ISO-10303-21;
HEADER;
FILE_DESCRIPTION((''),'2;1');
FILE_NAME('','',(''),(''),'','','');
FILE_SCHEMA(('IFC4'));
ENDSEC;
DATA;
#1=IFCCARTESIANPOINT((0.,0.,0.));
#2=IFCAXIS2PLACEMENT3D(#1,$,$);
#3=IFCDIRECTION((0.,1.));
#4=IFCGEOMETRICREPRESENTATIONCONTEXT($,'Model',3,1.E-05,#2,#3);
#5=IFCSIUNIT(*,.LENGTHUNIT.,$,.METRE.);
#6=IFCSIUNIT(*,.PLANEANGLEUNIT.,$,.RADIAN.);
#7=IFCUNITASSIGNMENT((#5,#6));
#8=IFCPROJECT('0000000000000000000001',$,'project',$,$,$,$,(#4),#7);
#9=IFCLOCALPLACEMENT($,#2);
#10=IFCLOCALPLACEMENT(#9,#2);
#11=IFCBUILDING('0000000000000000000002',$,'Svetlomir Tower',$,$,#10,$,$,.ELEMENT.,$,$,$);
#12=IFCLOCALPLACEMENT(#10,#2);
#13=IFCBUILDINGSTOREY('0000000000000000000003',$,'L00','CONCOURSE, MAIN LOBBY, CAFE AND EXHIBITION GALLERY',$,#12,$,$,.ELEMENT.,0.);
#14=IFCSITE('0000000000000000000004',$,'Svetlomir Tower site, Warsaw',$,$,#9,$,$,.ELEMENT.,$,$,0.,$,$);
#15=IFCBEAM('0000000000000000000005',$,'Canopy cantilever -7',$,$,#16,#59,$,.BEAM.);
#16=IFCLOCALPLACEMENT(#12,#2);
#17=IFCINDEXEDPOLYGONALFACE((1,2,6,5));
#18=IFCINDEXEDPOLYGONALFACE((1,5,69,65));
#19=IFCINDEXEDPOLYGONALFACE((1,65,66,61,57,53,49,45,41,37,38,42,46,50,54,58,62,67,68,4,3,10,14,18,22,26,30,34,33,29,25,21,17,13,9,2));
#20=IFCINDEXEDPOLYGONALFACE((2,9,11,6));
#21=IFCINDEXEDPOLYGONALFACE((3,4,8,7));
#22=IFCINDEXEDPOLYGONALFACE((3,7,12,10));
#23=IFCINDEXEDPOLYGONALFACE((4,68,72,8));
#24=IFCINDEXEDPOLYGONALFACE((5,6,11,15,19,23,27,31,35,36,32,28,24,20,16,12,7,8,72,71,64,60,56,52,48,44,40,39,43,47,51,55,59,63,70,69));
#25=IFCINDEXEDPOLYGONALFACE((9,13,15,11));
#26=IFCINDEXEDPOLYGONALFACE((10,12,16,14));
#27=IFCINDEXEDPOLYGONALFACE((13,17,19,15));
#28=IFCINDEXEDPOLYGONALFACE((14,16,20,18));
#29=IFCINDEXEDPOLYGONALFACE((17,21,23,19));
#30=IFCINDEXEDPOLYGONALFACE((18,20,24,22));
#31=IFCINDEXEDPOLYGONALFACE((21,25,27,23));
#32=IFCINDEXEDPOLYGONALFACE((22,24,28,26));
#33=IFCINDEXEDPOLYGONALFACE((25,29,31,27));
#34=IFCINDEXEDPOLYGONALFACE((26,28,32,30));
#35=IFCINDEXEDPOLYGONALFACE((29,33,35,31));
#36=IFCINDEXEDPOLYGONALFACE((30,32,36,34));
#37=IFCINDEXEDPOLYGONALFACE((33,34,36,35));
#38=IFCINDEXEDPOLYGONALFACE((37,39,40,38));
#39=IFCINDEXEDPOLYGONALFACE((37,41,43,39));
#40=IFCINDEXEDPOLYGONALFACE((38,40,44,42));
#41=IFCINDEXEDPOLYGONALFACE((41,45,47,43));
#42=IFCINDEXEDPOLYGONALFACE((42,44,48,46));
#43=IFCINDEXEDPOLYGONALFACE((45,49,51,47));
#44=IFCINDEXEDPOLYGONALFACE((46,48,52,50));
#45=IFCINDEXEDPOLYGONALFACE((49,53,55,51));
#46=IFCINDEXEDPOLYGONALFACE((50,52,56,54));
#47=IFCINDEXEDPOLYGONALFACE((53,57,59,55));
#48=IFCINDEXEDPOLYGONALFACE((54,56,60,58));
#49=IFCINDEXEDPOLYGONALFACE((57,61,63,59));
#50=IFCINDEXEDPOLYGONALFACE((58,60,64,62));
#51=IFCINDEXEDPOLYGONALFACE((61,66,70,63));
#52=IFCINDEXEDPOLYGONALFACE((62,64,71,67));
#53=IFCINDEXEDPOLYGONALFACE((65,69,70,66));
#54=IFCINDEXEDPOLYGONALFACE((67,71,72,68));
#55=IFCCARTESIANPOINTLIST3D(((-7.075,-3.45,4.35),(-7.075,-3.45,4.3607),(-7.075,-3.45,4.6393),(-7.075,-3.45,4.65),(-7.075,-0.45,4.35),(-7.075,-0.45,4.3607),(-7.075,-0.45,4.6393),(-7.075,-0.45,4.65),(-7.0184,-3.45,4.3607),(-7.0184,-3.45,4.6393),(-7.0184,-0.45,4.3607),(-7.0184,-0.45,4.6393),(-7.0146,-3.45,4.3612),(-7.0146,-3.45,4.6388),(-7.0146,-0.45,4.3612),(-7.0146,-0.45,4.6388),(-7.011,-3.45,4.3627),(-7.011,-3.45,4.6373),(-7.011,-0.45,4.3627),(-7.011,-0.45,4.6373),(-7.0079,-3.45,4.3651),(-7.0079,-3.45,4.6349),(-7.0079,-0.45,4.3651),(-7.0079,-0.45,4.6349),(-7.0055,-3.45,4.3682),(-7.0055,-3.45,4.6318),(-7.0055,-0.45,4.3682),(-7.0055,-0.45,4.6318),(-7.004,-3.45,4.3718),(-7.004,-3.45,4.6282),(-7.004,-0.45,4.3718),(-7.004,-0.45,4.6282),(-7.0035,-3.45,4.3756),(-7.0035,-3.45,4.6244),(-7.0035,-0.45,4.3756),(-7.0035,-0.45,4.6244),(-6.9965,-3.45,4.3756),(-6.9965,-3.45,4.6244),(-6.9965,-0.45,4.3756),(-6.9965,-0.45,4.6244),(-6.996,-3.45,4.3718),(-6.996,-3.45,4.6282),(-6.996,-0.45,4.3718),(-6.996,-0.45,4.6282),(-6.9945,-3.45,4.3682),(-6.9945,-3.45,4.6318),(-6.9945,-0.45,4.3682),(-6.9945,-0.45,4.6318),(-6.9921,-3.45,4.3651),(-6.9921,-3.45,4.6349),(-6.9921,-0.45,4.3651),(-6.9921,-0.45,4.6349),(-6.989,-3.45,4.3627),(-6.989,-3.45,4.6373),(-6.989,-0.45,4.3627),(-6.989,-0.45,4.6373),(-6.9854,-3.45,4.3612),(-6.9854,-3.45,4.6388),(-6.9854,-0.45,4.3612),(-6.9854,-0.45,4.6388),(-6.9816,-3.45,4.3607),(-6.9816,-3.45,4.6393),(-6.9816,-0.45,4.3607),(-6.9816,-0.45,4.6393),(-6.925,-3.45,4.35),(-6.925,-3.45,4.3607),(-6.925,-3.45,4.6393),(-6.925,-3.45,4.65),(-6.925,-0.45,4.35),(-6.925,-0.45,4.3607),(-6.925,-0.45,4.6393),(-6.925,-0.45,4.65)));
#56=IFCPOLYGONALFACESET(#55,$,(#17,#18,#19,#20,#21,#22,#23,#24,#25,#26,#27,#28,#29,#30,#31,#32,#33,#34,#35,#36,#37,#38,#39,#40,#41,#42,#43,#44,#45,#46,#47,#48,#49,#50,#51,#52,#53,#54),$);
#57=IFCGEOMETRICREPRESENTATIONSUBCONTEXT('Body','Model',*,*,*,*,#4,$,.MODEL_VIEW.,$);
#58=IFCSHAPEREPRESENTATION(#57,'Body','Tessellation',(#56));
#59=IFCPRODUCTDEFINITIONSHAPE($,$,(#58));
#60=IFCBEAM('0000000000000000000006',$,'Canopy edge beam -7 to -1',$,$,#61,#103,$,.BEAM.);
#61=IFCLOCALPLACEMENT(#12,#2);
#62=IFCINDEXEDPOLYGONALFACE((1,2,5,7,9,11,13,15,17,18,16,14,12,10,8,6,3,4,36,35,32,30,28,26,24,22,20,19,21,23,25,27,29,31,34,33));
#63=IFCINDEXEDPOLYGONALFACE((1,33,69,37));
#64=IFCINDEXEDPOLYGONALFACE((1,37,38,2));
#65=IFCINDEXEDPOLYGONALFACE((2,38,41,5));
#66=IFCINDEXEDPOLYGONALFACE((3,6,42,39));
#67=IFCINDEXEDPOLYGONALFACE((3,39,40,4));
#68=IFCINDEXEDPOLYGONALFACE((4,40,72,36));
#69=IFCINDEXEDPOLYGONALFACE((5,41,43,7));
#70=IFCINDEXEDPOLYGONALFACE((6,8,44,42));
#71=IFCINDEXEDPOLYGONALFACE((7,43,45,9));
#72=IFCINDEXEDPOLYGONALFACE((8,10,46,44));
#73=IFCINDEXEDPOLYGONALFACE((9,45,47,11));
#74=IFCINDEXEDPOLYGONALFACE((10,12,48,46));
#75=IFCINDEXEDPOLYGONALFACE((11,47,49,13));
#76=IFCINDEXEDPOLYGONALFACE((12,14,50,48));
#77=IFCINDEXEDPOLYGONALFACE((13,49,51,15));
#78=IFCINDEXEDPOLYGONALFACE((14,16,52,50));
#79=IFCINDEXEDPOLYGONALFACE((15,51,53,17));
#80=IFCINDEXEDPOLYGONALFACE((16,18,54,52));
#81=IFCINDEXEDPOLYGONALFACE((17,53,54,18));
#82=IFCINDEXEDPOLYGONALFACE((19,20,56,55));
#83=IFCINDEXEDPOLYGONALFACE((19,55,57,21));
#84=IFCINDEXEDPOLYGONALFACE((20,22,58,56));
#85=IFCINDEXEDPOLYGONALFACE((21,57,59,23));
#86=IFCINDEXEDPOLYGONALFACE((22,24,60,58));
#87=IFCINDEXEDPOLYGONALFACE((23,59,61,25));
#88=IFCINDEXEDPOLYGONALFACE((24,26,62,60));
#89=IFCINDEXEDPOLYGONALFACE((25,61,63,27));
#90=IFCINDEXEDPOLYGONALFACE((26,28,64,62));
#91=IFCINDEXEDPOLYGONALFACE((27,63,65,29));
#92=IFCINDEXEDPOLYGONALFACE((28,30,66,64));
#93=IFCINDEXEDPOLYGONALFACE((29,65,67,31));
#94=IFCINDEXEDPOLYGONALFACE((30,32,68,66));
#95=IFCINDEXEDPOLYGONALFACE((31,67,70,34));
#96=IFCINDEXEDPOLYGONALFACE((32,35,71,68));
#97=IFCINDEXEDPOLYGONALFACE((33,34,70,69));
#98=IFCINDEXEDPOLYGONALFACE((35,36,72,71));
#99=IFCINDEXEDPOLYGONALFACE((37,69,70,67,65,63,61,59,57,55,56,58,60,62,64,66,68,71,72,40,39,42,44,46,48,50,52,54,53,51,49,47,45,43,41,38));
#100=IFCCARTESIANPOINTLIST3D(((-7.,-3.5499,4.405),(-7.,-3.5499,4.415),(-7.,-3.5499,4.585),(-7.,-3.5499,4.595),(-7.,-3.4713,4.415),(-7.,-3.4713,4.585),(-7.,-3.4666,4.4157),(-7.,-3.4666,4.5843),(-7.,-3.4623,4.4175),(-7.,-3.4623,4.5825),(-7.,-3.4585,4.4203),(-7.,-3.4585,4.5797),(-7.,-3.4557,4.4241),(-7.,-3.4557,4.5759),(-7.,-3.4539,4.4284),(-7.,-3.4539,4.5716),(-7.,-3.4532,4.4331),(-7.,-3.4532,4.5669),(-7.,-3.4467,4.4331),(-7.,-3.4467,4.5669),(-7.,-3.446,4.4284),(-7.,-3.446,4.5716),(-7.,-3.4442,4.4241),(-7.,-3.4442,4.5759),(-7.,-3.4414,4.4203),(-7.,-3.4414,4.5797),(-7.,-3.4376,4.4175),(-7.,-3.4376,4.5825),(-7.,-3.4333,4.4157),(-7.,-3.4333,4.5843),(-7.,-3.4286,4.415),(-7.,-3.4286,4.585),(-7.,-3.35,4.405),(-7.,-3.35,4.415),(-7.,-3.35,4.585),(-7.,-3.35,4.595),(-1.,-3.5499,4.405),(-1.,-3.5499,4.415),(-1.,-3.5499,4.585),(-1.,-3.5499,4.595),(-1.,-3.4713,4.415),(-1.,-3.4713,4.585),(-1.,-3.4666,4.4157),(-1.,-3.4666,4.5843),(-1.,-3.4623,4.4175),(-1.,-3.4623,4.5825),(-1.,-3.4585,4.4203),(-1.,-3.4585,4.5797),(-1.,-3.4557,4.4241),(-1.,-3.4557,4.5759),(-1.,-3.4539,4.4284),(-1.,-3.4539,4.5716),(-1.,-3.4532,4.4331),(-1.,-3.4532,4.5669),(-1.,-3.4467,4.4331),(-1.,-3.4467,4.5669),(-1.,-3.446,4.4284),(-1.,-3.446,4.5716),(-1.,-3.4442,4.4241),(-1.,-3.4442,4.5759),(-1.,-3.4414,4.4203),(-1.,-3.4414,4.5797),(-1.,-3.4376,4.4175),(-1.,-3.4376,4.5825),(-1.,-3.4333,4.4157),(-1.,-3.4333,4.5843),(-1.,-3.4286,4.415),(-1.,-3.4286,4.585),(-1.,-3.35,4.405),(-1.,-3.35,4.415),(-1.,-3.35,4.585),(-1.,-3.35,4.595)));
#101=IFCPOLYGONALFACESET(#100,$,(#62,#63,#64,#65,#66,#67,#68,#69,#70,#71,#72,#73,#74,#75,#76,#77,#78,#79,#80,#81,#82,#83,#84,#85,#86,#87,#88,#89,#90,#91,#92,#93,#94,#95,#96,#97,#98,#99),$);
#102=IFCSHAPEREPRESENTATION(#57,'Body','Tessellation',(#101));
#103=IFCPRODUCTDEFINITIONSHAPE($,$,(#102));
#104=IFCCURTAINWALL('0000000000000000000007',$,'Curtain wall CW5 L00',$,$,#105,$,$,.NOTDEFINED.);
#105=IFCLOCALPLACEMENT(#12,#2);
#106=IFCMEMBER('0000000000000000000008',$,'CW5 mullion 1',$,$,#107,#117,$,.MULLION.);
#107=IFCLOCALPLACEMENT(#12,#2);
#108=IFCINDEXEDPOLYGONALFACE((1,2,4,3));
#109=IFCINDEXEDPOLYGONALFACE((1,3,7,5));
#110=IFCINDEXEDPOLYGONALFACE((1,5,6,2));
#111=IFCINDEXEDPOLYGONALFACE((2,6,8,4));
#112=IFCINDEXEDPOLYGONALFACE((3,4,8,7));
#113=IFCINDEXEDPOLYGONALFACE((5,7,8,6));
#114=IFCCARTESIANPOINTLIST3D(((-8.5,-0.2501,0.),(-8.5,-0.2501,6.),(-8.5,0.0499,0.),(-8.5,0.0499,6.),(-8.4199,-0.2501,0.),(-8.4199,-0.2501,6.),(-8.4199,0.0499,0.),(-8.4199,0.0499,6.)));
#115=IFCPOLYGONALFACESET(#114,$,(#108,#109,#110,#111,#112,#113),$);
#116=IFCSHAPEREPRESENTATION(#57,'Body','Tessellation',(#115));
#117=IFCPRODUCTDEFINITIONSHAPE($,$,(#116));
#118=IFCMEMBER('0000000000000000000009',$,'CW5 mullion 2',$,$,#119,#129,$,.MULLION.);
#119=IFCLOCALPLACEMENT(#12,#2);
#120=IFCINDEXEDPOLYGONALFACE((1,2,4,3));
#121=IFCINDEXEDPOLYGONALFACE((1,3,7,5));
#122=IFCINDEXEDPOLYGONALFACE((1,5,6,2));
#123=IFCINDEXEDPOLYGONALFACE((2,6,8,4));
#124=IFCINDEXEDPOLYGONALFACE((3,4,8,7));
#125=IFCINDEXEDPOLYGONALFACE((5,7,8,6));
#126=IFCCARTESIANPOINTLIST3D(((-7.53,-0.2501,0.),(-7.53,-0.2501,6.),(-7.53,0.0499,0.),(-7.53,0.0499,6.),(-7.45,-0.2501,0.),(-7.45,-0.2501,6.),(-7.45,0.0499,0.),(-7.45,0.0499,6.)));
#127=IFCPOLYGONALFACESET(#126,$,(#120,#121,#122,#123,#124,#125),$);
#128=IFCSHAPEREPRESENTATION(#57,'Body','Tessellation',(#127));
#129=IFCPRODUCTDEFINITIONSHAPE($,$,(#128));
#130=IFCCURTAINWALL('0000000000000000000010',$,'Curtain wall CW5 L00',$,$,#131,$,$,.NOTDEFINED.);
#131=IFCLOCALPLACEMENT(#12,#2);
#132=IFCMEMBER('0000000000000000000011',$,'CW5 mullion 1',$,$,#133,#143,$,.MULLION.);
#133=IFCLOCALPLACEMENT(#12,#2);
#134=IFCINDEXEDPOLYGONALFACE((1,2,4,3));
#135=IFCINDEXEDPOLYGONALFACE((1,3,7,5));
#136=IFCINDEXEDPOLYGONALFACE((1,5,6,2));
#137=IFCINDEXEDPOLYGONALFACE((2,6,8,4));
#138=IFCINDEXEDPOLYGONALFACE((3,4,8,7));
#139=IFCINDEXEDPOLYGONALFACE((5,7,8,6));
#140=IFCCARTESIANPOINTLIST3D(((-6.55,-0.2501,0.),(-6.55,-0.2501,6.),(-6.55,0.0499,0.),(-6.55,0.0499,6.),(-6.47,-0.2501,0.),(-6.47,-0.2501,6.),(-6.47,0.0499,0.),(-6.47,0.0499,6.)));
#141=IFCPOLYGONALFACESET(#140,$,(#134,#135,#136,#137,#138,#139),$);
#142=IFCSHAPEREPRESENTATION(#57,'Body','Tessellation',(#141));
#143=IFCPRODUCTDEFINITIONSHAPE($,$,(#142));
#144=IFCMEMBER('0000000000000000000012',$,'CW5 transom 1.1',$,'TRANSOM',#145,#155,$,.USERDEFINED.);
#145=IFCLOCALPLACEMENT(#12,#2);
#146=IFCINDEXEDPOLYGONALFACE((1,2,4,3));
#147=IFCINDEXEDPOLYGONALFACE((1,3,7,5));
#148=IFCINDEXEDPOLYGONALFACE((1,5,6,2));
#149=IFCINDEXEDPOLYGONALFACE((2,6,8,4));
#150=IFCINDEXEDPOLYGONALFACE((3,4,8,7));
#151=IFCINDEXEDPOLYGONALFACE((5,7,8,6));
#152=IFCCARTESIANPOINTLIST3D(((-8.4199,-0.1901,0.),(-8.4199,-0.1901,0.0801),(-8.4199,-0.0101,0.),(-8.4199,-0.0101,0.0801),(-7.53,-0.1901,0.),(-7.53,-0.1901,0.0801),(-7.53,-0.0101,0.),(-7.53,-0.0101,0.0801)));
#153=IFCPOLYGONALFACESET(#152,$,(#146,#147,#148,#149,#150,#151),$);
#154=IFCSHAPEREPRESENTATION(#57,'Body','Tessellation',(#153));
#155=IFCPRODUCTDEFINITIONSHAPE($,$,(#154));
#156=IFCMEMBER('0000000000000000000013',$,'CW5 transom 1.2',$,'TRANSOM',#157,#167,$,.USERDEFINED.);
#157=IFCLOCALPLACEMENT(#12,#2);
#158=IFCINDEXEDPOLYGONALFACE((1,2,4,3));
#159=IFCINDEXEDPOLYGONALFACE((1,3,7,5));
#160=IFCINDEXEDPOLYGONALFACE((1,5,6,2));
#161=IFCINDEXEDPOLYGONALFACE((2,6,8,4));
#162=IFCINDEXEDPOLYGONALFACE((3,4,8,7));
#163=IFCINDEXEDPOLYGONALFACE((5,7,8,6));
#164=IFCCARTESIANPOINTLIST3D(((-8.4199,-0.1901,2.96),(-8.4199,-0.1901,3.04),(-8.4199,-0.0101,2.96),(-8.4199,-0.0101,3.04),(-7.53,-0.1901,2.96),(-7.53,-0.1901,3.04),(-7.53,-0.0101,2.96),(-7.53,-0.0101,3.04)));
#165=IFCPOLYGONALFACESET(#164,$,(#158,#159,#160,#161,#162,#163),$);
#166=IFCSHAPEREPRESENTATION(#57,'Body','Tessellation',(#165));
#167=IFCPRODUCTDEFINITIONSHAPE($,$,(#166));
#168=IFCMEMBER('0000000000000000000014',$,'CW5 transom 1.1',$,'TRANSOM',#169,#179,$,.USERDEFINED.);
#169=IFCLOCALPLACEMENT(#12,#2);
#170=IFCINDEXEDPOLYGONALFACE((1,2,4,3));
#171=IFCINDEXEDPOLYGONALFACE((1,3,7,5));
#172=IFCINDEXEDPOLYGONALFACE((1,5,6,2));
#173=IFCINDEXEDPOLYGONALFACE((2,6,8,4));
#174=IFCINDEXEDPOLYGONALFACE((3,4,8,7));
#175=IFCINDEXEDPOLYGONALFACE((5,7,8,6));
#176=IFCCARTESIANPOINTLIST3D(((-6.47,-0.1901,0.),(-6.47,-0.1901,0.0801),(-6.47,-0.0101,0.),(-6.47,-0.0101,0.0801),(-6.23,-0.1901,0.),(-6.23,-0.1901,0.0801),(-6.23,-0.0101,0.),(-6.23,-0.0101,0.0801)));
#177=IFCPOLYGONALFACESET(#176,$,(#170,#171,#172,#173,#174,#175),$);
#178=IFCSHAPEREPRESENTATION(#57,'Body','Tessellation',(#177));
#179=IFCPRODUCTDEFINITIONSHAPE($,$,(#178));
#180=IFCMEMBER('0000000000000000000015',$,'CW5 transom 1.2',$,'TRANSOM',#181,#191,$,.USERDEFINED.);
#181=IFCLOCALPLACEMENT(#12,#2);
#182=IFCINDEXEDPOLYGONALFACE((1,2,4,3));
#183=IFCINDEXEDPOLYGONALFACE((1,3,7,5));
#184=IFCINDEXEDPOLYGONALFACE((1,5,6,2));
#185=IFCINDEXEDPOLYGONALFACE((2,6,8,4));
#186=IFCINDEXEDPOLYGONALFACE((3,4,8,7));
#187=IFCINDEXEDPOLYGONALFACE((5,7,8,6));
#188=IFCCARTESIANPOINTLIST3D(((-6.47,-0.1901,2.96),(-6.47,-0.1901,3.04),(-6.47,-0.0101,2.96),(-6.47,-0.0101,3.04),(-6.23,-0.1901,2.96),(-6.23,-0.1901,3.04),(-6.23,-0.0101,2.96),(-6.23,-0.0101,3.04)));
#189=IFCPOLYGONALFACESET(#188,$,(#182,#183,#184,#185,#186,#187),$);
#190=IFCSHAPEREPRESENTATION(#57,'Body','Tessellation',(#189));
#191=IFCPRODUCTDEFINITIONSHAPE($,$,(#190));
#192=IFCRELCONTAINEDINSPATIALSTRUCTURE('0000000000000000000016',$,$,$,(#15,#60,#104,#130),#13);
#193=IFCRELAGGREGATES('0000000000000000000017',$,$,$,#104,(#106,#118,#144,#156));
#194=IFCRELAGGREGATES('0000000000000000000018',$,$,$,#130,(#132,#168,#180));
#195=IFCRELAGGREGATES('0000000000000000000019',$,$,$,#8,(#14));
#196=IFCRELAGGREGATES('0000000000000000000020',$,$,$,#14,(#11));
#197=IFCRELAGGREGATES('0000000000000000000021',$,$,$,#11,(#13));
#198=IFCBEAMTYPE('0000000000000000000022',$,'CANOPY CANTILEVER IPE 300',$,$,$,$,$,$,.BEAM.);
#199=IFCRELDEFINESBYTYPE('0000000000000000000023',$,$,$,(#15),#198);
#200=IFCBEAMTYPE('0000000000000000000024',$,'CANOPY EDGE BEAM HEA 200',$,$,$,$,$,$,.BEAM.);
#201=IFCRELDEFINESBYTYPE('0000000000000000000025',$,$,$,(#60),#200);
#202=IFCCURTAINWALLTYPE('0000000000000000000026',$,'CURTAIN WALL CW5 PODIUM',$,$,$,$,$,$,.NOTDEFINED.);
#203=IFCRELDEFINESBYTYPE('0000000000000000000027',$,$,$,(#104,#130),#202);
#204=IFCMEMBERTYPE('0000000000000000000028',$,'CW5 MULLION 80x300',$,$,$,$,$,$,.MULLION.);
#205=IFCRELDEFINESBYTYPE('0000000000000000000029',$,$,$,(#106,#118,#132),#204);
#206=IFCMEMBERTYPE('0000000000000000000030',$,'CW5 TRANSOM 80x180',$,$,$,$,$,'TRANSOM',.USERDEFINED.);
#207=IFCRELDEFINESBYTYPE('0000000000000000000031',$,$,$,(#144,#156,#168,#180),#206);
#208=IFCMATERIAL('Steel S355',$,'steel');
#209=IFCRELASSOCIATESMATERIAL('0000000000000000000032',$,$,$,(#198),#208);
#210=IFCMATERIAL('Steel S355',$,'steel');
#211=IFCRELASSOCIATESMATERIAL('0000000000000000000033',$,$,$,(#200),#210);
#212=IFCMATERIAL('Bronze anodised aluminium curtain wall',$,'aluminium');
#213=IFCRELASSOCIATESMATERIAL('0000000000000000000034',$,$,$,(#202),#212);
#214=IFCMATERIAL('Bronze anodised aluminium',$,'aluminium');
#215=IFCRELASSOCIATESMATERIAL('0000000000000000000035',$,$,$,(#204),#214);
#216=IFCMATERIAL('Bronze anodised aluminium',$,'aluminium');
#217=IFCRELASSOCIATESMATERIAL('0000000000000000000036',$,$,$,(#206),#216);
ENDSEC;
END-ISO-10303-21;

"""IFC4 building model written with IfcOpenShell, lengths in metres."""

from ifc_helpers import new_model, si_unit, direction, frame, origin, origin_2d, place, context, subcontext, project, spatial, rectangle, i_section, extrude, material, material_profile, profile_set, type_object, element, aggregate, save


model = new_model("IFC4")

# Units and contexts
model_context = context("Model", 3, precision=1e-05, world=origin(), true_north=direction((0.0, 1.0)))
body_context = subcontext(model_context, "Body", "Model", "MODEL_VIEW")
ifc_project = project(units=[si_unit("LENGTHUNIT", "METRE"), si_unit("PLANEANGLEUNIT", "RADIAN")], contexts=[model_context])

# Site, building, storey
site_placement = place(None, origin())
site = spatial("IfcSite", under=ifc_project, at=site_placement, Name="Svetlomir Tower site, Warsaw", CompositionType="ELEMENT", RefElevation=0.0)
building_placement = place(site_placement, origin())
building = spatial("IfcBuilding", under=site, at=building_placement, Name="Svetlomir Tower", CompositionType="ELEMENT")
storey_placement = place(building_placement, origin())
storey = spatial("IfcBuildingStorey", under=building, at=storey_placement, Name="L00", Description="CONCOURSE, MAIN LOBBY, CAFE AND EXHIBITION GALLERY", CompositionType="ELEMENT", Elevation=0.0)

# Beams
ifc_material_1 = material(Name="Steel S355", Category="steel")
ifc_material_profile_1 = material_profile(ifc_material_1, i_section(OverallWidth=0.1499, OverallDepth=0.3, WebThickness=0.0071, FlangeThickness=0.0107, FilletRadius=0.0149, at=origin_2d()), Name="IPE 300")
ifc_profile_set_1 = profile_set([ifc_material_profile_1], Name="Steel S355")
beam_type_1 = type_object("IfcBeamType", Name="CANOPY CANTILEVER IPE 300", PredefinedType="BEAM", material=ifc_profile_set_1)
beam_1_placement = place(storey_placement, frame((-7.0, -0.45, 4.5), z_axis=(0.0, -1.0, 0.0), x_axis=(1.0, 0.0, 0.0)))
element("IfcBeam", 1, at=beam_1_placement, inside=storey, type_object=beam_type_1, Name="Canopy cantilever -7", PredefinedType="BEAM", context=body_context, shape_type="SweptSolid", body=[
    extrude(i_section(OverallWidth=0.1499, OverallDepth=0.3, WebThickness=0.0071, FlangeThickness=0.0107, FilletRadius=0.0149, at=origin_2d()), origin(), (0.0, 0.0, 1.0), 3.0),
])
ifc_material_2 = material(Name="Steel S355", Category="steel")
ifc_material_profile_2 = material_profile(ifc_material_2, i_section(OverallWidth=0.2, OverallDepth=0.1899, WebThickness=0.0066, FlangeThickness=0.01, FilletRadius=0.0181, at=origin_2d()), Name="HEA 200")
ifc_profile_set_2 = profile_set([ifc_material_profile_2], Name="Steel S355")
beam_type_2 = type_object("IfcBeamType", Name="CANOPY EDGE BEAM HEA 200", PredefinedType="BEAM", material=ifc_profile_set_2)
beam_2_placement = place(storey_placement, frame((-7.0, -3.45, 4.5), z_axis=(1.0, 0.0, 0.0), x_axis=(0.0, 1.0, 0.0)))
element("IfcBeam", 2, at=beam_2_placement, inside=storey, type_object=beam_type_2, Name="Canopy edge beam -7 to -1", PredefinedType="BEAM", context=body_context, shape_type="SweptSolid", body=[
    extrude(i_section(OverallWidth=0.2, OverallDepth=0.1899, WebThickness=0.0066, FlangeThickness=0.01, FilletRadius=0.0181, at=origin_2d()), origin(), (0.0, 0.0, 1.0), 6.0),
])

# Curtain wall, members
ifc_material_3 = material(Name="Bronze anodised aluminium curtain wall", Category="aluminium")
curtain_wall_type = type_object("IfcCurtainWallType", Name="CURTAIN WALL CW5 PODIUM", PredefinedType="NOTDEFINED", material=ifc_material_3)
curtain_wall_1_placement = place(storey_placement, origin())
curtain_wall_1 = element("IfcCurtainWall", 3, at=curtain_wall_1_placement, inside=storey, type_object=curtain_wall_type, Name="Curtain wall CW5 L00", PredefinedType="NOTDEFINED")
ifc_material_4 = material(Name="Bronze anodised aluminium", Category="aluminium")
ifc_material_profile_3 = material_profile(ifc_material_4, rectangle(XDim=0.0801, YDim=0.3, at=origin_2d()), Name="AL 80x300")
ifc_profile_set_3 = profile_set([ifc_material_profile_3], Name="Bronze anodised aluminium 6063-T6")
member_type_1 = type_object("IfcMemberType", Name="CW5 MULLION 80x300", PredefinedType="MULLION", material=ifc_profile_set_3)
member_1_placement = place(storey_placement, frame((-8.46, -0.1001, 0.0), z_axis=(0.0, 0.0, 1.0), x_axis=(1.0, 0.0, 0.0)))
member_1 = element("IfcMember", 4, at=member_1_placement, type_object=member_type_1, Name="CW5 mullion 1", PredefinedType="MULLION", context=body_context, shape_type="SweptSolid", body=[
    extrude(rectangle(XDim=0.0801, YDim=0.3, at=origin_2d()), origin(), (0.0, 0.0, 1.0), 6.0),
])
member_2_placement = place(storey_placement, frame((-7.49, -0.1001, 0.0), z_axis=(0.0, 0.0, 1.0), x_axis=(1.0, 0.0, 0.0)))
member_2 = element("IfcMember", 5, at=member_2_placement, type_object=member_type_1, Name="CW5 mullion 2", PredefinedType="MULLION", context=body_context, shape_type="SweptSolid", body=[
    extrude(rectangle(XDim=0.0801, YDim=0.3, at=origin_2d()), origin(), (0.0, 0.0, 1.0), 6.0),
])

# Curtain wall, member
curtain_wall_2_placement = place(storey_placement, origin())
curtain_wall_2 = element("IfcCurtainWall", 6, at=curtain_wall_2_placement, inside=storey, type_object=curtain_wall_type, Name="Curtain wall CW5 L00", PredefinedType="NOTDEFINED")
member_3_placement = place(storey_placement, frame((-6.51, -0.1001, 0.0), z_axis=(0.0, 0.0, 1.0), x_axis=(1.0, 0.0, 0.0)))
member_3 = element("IfcMember", 7, at=member_3_placement, type_object=member_type_1, Name="CW5 mullion 1", PredefinedType="MULLION", context=body_context, shape_type="SweptSolid", body=[
    extrude(rectangle(XDim=0.0801, YDim=0.3, at=origin_2d()), origin(), (0.0, 0.0, 1.0), 6.0),
])

# Members
ifc_material_5 = material(Name="Bronze anodised aluminium", Category="aluminium")
ifc_material_profile_4 = material_profile(ifc_material_5, rectangle(XDim=0.1799, YDim=0.0801, at=origin_2d()), Name="AL 180x80")
ifc_profile_set_4 = profile_set([ifc_material_profile_4], Name="Bronze anodised aluminium 6063-T6")
member_type_2 = type_object("IfcMemberType", Name="CW5 TRANSOM 80x180", ElementType="TRANSOM", PredefinedType="USERDEFINED", material=ifc_profile_set_4)
member_4_placement = place(storey_placement, frame((-8.4199, -0.1001, 0.04), z_axis=(1.0, 0.0, 0.0), x_axis=(0.0, 1.0, 0.0)))
member_4 = element("IfcMember", 8, at=member_4_placement, type_object=member_type_2, Name="CW5 transom 1.1", ObjectType="TRANSOM", PredefinedType="USERDEFINED", context=body_context, shape_type="SweptSolid", body=[
    extrude(rectangle(XDim=0.1799, YDim=0.0801, at=origin_2d()), origin(), (0.0, 0.0, 1.0), 0.8899),
])
member_5_placement = place(storey_placement, frame((-8.4199, -0.1001, 3.0), z_axis=(1.0, 0.0, 0.0), x_axis=(0.0, 1.0, 0.0)))
member_5 = element("IfcMember", 9, at=member_5_placement, type_object=member_type_2, Name="CW5 transom 1.2", ObjectType="TRANSOM", PredefinedType="USERDEFINED", context=body_context, shape_type="SweptSolid", body=[
    extrude(rectangle(XDim=0.1799, YDim=0.0801, at=origin_2d()), origin(), (0.0, 0.0, 1.0), 0.8899),
])
member_6_placement = place(storey_placement, frame((-6.47, -0.1001, 0.04), z_axis=(1.0, 0.0, 0.0), x_axis=(0.0, 1.0, 0.0)))
member_6 = element("IfcMember", 10, at=member_6_placement, type_object=member_type_2, Name="CW5 transom 1.1", ObjectType="TRANSOM", PredefinedType="USERDEFINED", context=body_context, shape_type="SweptSolid", body=[
    extrude(rectangle(XDim=0.1799, YDim=0.0801, at=origin_2d()), origin(), (0.0, 0.0, 1.0), 0.24),
])
member_7_placement = place(storey_placement, frame((-6.47, -0.1001, 3.0), z_axis=(1.0, 0.0, 0.0), x_axis=(0.0, 1.0, 0.0)))
member_7 = element("IfcMember", 11, at=member_7_placement, type_object=member_type_2, Name="CW5 transom 1.2", ObjectType="TRANSOM", PredefinedType="USERDEFINED", context=body_context, shape_type="SweptSolid", body=[
    extrude(rectangle(XDim=0.1799, YDim=0.0801, at=origin_2d()), origin(), (0.0, 0.0, 1.0), 0.24),
])

aggregate(curtain_wall_1, [member_1, member_2, member_4, member_5])
aggregate(curtain_wall_2, [member_3, member_6, member_7])

save(model, "model.ifc")
